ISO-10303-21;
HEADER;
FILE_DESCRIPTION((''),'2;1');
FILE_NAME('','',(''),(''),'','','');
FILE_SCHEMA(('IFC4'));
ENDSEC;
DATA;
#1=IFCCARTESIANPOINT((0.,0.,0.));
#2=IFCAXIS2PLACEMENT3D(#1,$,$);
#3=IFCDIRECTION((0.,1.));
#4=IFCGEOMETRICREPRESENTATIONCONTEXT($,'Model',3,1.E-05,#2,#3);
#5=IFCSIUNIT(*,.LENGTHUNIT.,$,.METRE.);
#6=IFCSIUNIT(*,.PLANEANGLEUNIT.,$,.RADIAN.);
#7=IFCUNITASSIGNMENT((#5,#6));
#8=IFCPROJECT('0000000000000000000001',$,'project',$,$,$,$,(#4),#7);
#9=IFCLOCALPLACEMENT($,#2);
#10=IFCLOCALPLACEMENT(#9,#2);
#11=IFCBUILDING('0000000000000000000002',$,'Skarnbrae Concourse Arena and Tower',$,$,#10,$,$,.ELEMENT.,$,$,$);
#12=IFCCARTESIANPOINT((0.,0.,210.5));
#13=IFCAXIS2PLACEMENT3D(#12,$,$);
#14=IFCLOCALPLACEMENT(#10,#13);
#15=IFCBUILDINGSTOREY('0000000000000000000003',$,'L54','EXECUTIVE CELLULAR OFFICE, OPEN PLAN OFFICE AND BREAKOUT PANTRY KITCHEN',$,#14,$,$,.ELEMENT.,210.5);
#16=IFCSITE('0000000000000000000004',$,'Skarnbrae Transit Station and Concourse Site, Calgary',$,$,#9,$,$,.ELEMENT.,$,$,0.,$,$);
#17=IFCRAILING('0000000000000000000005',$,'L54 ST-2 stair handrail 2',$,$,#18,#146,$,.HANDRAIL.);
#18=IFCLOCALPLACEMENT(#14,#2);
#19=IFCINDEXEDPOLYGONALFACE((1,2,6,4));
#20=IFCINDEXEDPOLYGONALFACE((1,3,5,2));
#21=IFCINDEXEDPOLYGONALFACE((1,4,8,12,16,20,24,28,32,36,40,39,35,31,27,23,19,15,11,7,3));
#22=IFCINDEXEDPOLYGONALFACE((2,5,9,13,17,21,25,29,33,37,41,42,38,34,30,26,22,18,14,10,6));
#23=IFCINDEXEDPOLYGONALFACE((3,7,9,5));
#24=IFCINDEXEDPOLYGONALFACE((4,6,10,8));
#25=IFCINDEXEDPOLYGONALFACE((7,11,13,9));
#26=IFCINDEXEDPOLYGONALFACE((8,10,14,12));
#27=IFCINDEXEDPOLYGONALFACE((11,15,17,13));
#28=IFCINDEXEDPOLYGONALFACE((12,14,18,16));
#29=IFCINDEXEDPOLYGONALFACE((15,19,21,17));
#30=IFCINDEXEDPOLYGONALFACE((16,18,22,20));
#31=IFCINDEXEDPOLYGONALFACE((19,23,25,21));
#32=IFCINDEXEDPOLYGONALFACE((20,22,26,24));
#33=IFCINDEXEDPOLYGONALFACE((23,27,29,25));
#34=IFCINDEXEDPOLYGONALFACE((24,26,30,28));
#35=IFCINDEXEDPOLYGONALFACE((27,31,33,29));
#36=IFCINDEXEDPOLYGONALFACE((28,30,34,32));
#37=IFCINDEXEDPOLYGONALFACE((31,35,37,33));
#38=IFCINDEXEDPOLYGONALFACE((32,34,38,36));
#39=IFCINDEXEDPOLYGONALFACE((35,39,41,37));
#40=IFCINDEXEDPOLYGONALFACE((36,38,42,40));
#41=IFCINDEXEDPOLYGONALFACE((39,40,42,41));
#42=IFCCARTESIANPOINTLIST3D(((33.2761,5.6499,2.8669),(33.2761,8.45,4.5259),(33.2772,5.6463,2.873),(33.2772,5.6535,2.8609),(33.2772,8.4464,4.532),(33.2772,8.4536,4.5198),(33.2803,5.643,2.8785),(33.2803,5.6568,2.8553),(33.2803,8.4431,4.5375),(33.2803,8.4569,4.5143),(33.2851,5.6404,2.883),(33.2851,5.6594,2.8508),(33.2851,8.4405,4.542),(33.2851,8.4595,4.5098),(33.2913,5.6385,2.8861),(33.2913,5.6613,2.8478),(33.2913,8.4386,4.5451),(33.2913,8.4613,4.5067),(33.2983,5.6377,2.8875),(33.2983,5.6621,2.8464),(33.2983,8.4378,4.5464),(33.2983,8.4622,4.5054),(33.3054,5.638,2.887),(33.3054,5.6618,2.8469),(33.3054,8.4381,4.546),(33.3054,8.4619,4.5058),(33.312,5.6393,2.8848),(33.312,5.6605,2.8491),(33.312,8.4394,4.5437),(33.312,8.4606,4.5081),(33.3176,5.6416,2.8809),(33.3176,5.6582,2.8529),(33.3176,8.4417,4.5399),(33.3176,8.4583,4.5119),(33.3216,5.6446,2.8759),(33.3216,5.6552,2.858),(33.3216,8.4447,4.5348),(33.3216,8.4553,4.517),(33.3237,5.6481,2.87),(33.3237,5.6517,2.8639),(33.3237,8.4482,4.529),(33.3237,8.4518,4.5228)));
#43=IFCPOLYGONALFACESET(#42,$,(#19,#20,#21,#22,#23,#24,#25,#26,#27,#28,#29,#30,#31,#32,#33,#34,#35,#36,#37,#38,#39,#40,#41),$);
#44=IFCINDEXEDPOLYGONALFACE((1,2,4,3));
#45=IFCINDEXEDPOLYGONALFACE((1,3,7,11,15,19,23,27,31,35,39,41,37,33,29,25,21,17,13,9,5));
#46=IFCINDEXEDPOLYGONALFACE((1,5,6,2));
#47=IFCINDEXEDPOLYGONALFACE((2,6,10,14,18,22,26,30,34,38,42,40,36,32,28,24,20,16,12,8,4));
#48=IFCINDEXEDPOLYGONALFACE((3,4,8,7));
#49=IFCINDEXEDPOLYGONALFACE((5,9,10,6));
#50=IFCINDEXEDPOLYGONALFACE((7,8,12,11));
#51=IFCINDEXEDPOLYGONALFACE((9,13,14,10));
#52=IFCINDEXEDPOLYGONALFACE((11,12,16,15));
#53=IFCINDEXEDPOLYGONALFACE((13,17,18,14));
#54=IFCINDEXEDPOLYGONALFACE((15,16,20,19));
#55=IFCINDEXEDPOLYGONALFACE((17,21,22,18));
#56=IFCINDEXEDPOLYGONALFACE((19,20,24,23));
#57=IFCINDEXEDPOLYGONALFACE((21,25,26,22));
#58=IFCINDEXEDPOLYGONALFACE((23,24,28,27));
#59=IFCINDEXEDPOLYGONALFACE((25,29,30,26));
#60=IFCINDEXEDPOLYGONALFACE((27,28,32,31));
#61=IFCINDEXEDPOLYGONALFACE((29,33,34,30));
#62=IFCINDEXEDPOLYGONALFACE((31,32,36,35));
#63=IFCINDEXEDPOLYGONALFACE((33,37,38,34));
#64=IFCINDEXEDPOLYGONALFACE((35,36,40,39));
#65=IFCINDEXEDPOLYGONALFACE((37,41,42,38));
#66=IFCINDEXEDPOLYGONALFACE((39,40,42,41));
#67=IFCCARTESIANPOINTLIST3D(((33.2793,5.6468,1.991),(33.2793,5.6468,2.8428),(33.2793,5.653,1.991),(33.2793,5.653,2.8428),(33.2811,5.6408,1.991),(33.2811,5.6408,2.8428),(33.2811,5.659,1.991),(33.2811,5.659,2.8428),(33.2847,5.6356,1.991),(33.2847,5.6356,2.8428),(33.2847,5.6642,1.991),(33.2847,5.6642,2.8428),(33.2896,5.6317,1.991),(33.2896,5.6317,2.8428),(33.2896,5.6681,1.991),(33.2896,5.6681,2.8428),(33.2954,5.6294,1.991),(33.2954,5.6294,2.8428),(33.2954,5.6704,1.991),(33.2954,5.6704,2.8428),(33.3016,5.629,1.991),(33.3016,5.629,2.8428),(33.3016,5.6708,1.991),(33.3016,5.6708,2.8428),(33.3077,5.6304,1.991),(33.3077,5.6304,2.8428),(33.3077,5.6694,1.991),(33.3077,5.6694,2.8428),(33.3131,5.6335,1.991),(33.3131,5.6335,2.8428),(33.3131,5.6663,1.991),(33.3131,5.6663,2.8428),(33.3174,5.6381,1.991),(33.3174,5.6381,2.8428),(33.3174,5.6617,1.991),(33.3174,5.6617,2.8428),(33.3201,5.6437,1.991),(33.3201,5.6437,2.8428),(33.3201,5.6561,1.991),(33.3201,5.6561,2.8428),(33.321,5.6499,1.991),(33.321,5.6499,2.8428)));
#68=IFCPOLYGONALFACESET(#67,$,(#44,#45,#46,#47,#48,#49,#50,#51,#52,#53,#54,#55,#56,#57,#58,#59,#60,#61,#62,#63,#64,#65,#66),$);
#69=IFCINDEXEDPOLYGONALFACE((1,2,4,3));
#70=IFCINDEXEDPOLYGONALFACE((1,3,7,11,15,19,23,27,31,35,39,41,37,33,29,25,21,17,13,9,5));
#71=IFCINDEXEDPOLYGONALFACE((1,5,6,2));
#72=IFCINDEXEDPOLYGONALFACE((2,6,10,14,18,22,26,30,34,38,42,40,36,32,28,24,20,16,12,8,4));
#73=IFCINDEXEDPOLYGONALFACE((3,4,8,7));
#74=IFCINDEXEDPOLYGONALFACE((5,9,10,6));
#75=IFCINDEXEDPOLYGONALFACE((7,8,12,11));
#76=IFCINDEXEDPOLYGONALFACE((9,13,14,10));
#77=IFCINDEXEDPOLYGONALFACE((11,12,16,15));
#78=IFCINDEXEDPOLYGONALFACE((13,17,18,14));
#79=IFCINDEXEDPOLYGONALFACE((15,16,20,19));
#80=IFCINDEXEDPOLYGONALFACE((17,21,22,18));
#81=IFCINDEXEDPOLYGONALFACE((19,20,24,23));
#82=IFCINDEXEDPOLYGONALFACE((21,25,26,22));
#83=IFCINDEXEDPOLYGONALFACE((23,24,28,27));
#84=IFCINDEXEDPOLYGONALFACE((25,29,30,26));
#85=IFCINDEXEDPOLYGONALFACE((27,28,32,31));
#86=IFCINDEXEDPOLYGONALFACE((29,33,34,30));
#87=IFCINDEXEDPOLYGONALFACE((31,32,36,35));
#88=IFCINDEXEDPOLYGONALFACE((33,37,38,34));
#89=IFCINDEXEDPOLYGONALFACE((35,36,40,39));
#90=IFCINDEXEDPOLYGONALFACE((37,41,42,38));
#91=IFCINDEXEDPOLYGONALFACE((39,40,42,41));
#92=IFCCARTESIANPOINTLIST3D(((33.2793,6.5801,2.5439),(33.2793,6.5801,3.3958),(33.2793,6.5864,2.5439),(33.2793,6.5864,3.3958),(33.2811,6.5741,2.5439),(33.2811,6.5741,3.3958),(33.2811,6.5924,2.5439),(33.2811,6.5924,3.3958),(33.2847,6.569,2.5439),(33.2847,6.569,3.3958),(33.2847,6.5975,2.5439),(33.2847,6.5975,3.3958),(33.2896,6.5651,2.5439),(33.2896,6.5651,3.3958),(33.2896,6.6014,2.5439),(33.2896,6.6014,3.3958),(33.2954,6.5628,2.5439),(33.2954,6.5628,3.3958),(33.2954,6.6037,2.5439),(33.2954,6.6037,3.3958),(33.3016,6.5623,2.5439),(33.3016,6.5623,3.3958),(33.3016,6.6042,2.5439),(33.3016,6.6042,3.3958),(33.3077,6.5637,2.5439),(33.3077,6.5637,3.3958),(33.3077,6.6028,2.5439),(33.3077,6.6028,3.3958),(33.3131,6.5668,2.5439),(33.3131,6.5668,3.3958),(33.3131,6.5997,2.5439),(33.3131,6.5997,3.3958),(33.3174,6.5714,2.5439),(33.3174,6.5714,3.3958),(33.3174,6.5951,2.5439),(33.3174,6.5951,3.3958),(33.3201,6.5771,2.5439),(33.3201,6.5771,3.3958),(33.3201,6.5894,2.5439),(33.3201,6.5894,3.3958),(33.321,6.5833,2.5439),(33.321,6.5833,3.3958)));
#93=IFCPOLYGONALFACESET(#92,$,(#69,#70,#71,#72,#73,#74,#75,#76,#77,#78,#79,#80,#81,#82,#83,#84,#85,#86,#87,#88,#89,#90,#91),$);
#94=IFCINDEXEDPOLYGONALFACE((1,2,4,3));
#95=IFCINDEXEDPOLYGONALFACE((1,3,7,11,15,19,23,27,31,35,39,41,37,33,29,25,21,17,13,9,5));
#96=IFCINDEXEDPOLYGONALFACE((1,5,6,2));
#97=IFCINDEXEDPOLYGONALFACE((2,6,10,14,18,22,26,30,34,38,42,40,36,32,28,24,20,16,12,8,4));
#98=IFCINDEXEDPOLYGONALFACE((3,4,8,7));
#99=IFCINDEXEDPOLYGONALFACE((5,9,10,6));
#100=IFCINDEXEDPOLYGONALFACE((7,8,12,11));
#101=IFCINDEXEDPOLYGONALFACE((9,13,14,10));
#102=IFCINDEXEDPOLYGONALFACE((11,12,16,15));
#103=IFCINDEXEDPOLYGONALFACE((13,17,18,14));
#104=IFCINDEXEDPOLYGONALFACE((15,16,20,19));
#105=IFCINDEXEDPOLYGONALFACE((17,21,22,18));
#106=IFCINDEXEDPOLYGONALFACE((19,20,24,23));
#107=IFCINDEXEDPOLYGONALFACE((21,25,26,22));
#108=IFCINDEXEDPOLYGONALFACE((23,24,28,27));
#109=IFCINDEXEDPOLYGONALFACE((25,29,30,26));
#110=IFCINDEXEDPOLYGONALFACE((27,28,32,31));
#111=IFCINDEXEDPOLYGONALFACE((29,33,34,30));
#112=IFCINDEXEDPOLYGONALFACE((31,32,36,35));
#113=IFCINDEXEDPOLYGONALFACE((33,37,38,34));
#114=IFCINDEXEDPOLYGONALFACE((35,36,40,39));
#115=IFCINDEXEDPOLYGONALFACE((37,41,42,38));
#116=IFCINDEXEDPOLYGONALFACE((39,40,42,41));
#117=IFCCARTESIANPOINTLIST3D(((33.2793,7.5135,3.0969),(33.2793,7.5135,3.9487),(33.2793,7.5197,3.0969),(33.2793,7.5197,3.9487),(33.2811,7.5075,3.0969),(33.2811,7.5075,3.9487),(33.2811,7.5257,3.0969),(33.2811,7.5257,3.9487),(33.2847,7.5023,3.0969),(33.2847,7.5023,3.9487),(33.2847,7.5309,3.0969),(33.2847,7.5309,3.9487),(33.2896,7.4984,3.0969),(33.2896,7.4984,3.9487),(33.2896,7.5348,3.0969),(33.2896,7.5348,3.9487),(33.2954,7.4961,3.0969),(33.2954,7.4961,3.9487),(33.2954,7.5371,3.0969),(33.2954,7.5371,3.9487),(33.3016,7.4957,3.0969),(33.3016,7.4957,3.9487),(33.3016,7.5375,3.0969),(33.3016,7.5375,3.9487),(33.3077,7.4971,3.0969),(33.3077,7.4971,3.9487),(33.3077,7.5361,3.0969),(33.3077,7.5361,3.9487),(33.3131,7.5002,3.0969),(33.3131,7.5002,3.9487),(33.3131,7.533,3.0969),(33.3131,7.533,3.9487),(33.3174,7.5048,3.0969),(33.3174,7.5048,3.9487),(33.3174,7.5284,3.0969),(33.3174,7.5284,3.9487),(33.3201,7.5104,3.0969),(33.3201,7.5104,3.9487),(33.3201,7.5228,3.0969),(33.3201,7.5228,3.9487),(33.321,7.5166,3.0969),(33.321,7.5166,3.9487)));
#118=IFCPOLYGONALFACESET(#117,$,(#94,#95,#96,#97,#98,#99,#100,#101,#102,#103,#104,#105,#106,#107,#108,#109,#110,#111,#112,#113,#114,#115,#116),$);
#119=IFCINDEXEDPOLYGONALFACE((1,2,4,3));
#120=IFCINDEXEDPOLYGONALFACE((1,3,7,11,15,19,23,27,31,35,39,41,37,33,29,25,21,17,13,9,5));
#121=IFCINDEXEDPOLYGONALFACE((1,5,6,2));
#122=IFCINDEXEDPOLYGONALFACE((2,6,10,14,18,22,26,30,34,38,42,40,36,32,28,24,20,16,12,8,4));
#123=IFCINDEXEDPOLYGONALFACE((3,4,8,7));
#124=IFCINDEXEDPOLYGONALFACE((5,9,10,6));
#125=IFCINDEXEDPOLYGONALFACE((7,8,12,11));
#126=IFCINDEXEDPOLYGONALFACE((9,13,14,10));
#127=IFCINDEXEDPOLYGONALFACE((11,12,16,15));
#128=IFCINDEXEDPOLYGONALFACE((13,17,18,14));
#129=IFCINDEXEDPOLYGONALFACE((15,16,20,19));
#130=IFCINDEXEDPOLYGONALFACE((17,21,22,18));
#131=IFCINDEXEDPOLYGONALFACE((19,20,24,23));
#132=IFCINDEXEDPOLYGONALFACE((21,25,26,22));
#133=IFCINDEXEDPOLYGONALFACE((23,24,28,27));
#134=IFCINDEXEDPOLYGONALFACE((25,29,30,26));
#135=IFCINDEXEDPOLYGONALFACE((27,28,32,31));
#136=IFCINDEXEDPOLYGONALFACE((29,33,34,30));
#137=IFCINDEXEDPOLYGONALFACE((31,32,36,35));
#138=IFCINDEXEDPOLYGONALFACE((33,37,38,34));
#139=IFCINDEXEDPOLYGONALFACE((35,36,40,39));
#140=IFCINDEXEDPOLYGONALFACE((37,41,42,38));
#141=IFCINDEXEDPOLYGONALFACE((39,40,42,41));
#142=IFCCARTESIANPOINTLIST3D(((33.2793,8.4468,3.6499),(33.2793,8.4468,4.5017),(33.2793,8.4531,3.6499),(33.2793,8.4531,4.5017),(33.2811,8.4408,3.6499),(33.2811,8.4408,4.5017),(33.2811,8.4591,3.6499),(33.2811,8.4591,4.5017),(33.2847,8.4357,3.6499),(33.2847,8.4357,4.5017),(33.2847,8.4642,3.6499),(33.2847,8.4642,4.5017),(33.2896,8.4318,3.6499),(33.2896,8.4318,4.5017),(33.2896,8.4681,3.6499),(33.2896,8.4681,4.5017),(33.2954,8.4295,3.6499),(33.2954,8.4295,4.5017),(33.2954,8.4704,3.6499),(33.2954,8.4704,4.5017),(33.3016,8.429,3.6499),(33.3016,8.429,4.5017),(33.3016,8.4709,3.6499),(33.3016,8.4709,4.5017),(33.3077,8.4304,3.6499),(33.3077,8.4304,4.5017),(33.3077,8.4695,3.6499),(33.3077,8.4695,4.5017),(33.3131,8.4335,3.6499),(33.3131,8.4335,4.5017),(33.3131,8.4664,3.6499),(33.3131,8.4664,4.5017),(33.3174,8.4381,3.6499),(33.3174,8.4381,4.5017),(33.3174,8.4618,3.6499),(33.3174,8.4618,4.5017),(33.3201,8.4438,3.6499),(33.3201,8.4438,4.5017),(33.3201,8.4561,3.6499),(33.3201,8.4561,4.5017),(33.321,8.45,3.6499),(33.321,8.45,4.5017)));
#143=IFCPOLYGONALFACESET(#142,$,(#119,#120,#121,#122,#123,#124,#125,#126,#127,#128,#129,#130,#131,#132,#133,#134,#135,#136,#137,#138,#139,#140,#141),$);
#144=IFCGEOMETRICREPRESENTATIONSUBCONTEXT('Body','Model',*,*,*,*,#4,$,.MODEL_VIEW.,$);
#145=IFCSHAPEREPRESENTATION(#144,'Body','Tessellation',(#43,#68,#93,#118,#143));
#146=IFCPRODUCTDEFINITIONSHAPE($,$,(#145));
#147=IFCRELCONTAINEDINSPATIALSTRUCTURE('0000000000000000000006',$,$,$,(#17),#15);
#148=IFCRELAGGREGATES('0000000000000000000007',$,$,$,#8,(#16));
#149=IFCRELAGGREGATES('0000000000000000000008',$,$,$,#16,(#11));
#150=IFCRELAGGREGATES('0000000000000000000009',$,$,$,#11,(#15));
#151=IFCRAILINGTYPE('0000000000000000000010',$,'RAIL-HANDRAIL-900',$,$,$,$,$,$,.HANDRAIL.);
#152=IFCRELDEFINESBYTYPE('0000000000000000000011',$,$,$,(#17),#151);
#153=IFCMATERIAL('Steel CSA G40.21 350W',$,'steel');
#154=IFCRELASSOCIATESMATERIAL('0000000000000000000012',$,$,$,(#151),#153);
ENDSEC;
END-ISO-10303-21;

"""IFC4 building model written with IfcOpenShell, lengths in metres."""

from ifc_helpers import new_model, si_unit, direction, frame, origin, origin_2d, place, context, subcontext, project, spatial, circle, extrude, material, type_object, element, save


model = new_model("IFC4")

# Units and contexts
model_context = context("Model", 3, precision=1e-05, world=origin(), true_north=direction((0.0, 1.0)))
body_context = subcontext(model_context, "Body", "Model", "MODEL_VIEW")
ifc_project = project(units=[si_unit("LENGTHUNIT", "METRE"), si_unit("PLANEANGLEUNIT", "RADIAN")], contexts=[model_context])

# Site, building, storey
site_placement = place(None, origin())
site = spatial("IfcSite", under=ifc_project, at=site_placement, Name="Skarnbrae Transit Station and Concourse Site, Calgary", CompositionType="ELEMENT", RefElevation=0.0)
building_placement = place(site_placement, origin())
building = spatial("IfcBuilding", under=site, at=building_placement, Name="Skarnbrae Concourse Arena and Tower", CompositionType="ELEMENT")
storey_placement = place(building_placement, frame((0.0, 0.0, 210.5)))
storey = spatial("IfcBuildingStorey", under=building, at=storey_placement, Name="L54", Description="EXECUTIVE CELLULAR OFFICE, OPEN PLAN OFFICE AND BREAKOUT PANTRY KITCHEN", CompositionType="ELEMENT", Elevation=210.5)

# Shared definitions
ifc_material_1 = material(Name="Steel CSA G40.21 350W", Category="steel")

# Railing
railing_type_1 = type_object("IfcRailingType", Name="RAIL-HANDRAIL-900", PredefinedType="HANDRAIL", material=ifc_material_1)
railing_1_placement = place(storey_placement, frame((33.3, 5.6499, 1.991)))
element("IfcRailing", 1, at=railing_1_placement, inside=storey, type_object=railing_type_1, Name="L54 ST-2 stair handrail 2", PredefinedType="HANDRAIL", context=body_context, shape_type="SweptSolid", body=[
    extrude(circle(Radius=0.0239, at=origin_2d()), frame((0.0, 0.0, 0.876), z_axis=(0.0, 0.860339, 0.509722), x_axis=(-1.0, 0.0, 0.0)), (0.0, 0.0, 1.0), 3.2546),
    extrude(circle(Radius=0.021, at=origin_2d()), origin(), (0.0, 0.0, 1.0), 0.8518),
    extrude(circle(Radius=0.021, at=origin_2d()), frame((0.0, 0.9333, 0.553)), (0.0, 0.0, 1.0), 0.8518),
    extrude(circle(Radius=0.021, at=origin_2d()), frame((0.0, 1.8667, 1.106)), (0.0, 0.0, 1.0), 0.8518),
    extrude(circle(Radius=0.021, at=origin_2d()), frame((0.0, 2.8, 1.6589)), (0.0, 0.0, 1.0), 0.8518),
])

save(model, "model.ifc")
